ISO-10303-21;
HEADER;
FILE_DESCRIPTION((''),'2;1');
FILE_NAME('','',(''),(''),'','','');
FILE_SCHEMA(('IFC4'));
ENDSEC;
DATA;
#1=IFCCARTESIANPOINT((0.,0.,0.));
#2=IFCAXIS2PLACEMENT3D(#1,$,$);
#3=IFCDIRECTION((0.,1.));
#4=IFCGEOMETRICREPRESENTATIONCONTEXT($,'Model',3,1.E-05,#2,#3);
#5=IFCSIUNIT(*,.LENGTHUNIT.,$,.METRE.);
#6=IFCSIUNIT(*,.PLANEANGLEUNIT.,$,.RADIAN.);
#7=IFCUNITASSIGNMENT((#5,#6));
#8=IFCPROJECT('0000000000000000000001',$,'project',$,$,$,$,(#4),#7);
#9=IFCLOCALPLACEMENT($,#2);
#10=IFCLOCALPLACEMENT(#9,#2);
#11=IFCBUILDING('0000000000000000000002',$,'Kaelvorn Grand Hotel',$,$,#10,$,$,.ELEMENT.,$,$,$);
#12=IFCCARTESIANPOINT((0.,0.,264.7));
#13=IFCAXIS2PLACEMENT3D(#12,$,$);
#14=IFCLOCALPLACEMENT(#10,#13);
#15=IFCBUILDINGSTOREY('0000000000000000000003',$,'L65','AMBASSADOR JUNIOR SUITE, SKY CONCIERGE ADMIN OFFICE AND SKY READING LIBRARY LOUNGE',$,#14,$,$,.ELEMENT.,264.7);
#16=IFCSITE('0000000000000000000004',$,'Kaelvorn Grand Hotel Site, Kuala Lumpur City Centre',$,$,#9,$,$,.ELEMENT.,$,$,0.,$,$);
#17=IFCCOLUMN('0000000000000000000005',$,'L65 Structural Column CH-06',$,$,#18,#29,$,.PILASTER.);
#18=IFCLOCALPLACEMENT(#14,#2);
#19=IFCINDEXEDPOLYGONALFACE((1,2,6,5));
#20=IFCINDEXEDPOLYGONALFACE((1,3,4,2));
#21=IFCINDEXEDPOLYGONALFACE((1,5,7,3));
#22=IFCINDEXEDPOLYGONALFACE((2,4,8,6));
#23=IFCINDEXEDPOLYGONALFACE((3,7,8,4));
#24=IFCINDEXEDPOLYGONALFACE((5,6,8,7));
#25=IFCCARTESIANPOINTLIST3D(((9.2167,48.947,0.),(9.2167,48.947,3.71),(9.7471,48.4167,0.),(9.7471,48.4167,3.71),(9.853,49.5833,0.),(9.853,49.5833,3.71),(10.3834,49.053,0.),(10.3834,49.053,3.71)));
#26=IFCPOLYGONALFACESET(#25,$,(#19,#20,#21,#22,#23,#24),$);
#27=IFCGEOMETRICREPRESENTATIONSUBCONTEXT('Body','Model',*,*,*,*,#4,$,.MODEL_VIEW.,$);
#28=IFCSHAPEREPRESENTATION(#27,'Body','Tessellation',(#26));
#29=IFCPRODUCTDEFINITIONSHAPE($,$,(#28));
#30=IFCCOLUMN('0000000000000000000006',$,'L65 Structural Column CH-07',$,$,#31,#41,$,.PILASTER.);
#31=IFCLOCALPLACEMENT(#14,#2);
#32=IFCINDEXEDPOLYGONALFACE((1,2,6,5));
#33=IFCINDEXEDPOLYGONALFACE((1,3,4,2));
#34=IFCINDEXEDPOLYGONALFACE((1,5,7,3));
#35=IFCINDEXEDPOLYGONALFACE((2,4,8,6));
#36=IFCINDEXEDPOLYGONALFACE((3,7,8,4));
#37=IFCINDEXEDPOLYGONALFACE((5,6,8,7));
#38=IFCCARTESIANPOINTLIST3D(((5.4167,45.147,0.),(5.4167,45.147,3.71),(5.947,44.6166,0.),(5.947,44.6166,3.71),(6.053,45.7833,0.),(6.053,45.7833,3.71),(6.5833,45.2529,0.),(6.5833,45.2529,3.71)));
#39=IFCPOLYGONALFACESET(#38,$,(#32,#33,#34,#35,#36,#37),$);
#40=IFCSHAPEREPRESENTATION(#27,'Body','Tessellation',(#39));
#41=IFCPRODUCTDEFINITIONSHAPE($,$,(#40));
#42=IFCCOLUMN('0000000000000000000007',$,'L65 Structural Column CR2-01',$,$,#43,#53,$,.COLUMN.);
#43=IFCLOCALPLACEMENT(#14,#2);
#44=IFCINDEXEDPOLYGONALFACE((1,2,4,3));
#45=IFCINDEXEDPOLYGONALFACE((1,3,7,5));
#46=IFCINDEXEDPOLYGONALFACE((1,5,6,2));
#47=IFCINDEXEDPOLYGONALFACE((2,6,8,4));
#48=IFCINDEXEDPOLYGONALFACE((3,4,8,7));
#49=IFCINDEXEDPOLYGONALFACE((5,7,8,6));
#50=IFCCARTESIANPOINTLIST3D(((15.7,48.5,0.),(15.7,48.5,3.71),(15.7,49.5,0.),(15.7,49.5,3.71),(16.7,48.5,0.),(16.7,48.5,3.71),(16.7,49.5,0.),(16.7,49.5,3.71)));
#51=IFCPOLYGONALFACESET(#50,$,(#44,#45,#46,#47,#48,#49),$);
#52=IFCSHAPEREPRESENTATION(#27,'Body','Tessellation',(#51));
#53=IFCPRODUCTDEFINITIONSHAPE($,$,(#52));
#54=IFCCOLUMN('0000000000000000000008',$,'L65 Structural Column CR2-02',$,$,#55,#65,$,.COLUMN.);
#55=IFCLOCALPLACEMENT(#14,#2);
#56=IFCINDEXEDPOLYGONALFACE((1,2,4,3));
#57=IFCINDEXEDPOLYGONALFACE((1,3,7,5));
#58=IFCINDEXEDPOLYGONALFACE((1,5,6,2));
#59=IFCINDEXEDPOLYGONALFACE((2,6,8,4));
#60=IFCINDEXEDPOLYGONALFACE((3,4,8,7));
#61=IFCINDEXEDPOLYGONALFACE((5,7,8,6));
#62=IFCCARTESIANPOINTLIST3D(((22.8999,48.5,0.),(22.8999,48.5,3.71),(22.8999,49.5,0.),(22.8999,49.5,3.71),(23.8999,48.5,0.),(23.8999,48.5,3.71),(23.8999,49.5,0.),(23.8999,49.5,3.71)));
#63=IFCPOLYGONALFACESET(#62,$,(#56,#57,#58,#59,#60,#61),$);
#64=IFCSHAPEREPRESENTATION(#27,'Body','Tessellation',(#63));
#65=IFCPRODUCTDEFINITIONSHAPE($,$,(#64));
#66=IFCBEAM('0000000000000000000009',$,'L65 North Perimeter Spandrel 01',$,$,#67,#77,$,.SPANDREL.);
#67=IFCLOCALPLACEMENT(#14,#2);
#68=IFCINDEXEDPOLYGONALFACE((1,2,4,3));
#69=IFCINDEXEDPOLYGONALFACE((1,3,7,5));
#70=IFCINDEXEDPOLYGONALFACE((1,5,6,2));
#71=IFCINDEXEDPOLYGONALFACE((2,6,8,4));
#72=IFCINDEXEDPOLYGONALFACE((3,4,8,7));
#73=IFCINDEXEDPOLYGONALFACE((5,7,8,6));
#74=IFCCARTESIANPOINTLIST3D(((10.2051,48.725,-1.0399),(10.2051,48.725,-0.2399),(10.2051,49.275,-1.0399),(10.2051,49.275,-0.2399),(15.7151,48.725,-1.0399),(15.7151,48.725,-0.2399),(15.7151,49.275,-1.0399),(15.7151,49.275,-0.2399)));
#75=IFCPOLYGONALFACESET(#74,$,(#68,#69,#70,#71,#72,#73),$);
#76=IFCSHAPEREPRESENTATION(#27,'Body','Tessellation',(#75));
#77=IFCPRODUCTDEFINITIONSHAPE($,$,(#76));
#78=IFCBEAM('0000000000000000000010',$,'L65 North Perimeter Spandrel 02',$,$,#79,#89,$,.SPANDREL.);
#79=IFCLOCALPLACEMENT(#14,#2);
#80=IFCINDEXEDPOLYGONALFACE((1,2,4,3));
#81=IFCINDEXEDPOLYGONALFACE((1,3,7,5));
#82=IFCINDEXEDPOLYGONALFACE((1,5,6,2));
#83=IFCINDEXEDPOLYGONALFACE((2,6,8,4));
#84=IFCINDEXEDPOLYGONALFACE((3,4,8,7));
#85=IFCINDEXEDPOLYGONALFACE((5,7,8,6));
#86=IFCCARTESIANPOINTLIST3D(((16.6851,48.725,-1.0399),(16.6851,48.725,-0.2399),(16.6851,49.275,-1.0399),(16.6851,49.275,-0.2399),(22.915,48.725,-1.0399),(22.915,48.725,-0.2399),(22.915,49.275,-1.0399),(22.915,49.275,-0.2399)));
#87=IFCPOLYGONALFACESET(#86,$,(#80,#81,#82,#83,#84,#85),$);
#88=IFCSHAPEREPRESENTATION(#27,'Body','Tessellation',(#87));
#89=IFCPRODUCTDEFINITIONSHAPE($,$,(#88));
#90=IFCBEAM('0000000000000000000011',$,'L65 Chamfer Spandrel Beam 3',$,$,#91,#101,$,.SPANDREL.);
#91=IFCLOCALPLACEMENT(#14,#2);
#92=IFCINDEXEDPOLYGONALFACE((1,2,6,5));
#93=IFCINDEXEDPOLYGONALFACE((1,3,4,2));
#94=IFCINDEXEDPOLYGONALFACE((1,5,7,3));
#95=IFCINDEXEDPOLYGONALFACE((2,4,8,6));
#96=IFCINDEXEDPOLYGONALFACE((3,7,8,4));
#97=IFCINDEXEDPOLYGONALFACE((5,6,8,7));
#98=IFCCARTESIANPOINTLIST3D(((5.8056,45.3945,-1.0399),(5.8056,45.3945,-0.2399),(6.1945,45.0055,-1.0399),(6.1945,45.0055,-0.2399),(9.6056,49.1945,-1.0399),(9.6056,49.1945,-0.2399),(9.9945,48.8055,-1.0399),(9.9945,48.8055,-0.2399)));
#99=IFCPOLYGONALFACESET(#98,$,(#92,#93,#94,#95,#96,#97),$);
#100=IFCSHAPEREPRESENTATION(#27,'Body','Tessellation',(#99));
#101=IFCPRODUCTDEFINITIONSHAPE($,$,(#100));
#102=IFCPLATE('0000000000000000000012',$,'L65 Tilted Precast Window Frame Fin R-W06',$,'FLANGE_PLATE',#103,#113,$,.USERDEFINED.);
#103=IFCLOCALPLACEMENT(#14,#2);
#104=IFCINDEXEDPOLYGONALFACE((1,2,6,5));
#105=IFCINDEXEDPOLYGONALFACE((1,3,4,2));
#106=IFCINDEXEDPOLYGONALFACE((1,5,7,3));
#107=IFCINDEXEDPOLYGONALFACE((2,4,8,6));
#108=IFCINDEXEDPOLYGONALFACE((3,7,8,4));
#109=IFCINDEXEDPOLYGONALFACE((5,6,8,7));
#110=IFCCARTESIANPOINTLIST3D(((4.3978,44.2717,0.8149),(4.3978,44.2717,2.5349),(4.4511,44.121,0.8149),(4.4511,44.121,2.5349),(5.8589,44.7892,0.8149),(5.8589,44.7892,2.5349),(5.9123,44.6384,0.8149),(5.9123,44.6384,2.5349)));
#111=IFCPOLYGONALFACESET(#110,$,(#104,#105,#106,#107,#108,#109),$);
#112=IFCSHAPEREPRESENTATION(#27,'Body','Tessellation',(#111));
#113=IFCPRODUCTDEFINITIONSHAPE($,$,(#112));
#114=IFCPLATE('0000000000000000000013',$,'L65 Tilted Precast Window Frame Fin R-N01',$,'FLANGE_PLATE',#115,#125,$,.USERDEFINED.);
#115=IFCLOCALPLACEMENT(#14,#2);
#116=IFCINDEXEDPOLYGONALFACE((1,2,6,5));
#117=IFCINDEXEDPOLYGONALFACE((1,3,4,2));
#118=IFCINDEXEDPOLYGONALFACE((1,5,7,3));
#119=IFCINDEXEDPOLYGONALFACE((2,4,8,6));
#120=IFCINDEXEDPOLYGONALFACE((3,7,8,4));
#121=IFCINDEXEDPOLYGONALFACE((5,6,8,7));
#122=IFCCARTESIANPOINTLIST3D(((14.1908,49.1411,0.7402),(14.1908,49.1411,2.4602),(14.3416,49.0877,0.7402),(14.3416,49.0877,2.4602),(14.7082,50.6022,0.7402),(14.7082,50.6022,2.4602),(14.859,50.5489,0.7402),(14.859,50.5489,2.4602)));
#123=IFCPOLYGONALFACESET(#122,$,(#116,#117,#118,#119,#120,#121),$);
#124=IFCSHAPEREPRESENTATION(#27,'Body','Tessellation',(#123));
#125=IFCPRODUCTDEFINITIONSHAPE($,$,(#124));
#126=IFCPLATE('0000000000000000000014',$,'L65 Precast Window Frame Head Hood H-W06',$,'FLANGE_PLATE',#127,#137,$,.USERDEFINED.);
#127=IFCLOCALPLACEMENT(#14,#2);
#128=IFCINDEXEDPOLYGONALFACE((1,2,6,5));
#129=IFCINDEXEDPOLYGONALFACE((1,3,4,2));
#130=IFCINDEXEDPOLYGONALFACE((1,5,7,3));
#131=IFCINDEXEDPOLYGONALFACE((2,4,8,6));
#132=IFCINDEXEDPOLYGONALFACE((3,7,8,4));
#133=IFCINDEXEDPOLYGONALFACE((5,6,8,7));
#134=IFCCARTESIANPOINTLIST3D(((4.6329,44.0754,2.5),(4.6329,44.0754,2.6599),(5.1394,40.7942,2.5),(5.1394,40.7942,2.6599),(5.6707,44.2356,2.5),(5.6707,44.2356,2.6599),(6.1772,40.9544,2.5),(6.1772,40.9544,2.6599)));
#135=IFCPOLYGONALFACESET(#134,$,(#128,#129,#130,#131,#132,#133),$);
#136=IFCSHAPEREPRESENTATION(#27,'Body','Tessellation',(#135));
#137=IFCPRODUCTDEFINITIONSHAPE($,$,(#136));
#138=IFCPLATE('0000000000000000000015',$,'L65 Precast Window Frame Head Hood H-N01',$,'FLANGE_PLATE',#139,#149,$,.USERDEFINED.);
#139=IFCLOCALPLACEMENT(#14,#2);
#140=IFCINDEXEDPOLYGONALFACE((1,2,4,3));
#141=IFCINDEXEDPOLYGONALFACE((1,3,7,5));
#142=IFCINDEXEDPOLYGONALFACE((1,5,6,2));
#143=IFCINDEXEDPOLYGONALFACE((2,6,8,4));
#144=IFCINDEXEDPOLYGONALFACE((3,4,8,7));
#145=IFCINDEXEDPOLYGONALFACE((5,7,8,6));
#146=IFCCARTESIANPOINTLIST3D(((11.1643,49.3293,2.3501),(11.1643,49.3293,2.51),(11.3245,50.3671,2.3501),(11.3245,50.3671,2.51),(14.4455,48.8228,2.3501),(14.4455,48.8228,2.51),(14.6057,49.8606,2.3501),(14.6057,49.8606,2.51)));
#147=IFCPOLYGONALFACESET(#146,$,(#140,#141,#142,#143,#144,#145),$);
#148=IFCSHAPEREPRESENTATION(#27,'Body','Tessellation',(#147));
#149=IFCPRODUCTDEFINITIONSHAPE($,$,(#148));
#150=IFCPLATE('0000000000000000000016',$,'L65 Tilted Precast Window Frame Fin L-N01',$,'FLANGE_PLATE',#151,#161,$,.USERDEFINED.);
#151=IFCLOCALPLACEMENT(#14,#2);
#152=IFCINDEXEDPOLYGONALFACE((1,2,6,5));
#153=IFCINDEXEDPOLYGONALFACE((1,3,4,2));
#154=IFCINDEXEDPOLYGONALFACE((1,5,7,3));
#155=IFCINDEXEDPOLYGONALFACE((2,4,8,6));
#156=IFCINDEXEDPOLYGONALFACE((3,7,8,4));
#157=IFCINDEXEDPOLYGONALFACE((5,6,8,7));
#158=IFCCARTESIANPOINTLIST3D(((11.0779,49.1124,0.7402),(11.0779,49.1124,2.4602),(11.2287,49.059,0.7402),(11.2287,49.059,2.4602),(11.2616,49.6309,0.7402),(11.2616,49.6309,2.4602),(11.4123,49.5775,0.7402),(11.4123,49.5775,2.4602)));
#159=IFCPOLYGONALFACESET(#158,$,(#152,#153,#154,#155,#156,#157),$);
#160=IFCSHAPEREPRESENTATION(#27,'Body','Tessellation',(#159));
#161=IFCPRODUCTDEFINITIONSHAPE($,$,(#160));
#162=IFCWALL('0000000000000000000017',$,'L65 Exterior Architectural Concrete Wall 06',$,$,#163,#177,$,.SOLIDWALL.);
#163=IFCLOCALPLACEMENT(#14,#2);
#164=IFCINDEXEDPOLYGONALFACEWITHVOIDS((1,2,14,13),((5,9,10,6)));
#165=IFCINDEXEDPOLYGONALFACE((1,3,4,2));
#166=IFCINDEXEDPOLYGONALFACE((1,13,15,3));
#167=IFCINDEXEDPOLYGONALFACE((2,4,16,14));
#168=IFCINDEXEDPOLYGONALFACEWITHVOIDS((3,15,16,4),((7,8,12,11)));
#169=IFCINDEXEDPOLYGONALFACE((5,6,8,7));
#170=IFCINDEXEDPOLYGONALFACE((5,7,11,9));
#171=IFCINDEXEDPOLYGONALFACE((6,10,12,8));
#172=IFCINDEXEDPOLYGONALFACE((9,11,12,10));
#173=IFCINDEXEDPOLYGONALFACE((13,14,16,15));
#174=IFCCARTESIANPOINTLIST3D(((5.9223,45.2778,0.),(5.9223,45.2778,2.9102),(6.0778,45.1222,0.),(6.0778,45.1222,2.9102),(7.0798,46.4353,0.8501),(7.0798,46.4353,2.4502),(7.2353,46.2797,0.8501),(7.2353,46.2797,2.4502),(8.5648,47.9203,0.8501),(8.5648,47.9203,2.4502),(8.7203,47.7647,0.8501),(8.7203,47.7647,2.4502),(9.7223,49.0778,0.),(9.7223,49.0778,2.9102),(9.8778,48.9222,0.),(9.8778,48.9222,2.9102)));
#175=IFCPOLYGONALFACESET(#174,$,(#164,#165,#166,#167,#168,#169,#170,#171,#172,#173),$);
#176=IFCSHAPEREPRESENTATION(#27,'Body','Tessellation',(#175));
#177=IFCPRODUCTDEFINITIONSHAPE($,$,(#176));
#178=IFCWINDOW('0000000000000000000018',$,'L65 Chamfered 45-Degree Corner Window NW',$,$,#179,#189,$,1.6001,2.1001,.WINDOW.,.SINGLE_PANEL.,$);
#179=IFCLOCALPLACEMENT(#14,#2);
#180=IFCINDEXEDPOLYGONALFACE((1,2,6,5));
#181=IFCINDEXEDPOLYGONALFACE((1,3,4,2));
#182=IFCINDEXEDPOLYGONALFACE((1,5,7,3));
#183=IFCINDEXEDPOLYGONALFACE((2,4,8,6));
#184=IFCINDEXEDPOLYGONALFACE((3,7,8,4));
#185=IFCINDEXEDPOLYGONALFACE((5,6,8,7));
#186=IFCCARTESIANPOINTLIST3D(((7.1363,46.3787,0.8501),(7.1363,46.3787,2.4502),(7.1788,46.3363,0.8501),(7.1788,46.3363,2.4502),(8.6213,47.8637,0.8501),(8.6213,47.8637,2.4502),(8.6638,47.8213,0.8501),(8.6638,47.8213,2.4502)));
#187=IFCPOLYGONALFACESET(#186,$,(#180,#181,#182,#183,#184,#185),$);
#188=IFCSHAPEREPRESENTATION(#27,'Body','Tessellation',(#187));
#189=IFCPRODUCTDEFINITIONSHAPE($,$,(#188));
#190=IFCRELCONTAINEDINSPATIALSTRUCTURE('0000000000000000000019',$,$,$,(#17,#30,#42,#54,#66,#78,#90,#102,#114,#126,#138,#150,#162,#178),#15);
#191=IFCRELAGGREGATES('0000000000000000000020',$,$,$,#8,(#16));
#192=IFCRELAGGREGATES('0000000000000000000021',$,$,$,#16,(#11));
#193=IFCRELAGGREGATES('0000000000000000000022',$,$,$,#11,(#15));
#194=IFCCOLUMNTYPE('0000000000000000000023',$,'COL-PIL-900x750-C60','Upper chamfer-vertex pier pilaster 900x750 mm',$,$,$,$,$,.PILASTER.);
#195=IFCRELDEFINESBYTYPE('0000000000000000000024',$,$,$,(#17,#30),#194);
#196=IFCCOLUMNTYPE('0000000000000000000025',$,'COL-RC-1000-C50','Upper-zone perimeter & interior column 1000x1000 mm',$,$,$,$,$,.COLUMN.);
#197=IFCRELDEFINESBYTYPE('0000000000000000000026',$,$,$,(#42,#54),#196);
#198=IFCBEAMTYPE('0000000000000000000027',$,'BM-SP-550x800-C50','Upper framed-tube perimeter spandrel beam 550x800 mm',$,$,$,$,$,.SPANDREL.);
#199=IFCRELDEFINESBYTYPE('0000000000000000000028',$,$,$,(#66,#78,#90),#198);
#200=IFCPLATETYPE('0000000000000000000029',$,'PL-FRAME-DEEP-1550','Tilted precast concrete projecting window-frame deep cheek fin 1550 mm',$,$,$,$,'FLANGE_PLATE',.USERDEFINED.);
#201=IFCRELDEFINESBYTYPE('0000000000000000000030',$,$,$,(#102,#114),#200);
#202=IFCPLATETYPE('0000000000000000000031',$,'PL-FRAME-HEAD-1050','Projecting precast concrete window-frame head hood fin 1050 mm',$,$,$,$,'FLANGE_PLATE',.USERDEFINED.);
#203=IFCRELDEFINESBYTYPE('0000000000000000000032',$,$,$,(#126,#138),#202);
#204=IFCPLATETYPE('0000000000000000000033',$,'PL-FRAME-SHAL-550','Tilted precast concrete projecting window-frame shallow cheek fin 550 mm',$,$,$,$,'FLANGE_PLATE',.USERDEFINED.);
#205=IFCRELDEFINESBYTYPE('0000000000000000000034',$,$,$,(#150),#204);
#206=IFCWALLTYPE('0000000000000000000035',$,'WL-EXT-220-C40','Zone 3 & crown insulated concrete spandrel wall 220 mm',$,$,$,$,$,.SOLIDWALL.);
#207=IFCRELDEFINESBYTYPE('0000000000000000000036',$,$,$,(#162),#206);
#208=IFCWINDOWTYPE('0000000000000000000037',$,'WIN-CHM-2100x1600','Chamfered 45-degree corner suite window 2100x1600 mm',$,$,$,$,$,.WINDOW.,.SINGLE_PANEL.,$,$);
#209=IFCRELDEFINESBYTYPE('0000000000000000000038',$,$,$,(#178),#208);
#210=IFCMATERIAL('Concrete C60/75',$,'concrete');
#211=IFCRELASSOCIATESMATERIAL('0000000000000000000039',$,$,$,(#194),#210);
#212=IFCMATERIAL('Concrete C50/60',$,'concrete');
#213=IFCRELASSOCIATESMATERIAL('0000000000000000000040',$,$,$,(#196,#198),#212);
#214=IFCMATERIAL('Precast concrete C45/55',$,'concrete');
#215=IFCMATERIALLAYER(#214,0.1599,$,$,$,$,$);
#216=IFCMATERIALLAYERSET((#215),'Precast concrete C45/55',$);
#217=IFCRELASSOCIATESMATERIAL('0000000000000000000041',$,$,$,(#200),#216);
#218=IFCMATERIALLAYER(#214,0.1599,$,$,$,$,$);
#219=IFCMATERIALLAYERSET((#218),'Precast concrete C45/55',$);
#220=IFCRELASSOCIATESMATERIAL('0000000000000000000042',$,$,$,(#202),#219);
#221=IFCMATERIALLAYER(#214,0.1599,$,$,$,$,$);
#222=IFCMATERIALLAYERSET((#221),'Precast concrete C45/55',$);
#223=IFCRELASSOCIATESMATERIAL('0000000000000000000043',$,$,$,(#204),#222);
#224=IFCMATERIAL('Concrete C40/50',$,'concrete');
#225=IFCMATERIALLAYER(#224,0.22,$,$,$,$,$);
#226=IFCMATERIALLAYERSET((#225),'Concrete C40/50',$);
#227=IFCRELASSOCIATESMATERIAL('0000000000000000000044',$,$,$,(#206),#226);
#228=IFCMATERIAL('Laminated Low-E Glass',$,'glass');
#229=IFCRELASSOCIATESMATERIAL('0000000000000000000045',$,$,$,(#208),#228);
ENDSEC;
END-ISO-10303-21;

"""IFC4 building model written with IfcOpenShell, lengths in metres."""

from ifc_helpers import new_model, si_unit, direction, frame, frame_2d, origin, origin_2d, place, context, subcontext, project, spatial, rectangle, extrude, material, layer, layer_set, material_profile, profile_set, type_object, element, fill, save


model = new_model("IFC4")

# Units and contexts
model_context = context("Model", 3, precision=1e-05, world=origin(), true_north=direction((0.0, 1.0)))
body_context = subcontext(model_context, "Body", "Model", "MODEL_VIEW")
ifc_project = project(units=[si_unit("LENGTHUNIT", "METRE"), si_unit("PLANEANGLEUNIT", "RADIAN")], contexts=[model_context])

# Site, building, storey
site_placement = place(None, origin())
site = spatial("IfcSite", under=ifc_project, at=site_placement, Name="Kaelvorn Grand Hotel Site, Kuala Lumpur City Centre", CompositionType="ELEMENT", RefElevation=0.0)
building_placement = place(site_placement, origin())
building = spatial("IfcBuilding", under=site, at=building_placement, Name="Kaelvorn Grand Hotel", CompositionType="ELEMENT")
storey_placement = place(building_placement, frame((0.0, 0.0, 264.7)))
storey = spatial("IfcBuildingStorey", under=building, at=storey_placement, Name="L65", Description="AMBASSADOR JUNIOR SUITE, SKY CONCIERGE ADMIN OFFICE AND SKY READING LIBRARY LOUNGE", CompositionType="ELEMENT", Elevation=264.7)

# Columns
ifc_material_1 = material(Name="Concrete C60/75", Category="concrete")
ifc_material_profile_1 = material_profile(ifc_material_1, rectangle(XDim=0.8999, YDim=0.75, at=origin_2d()), Name="RC PILASTER 900x750")
ifc_profile_set_1 = profile_set([ifc_material_profile_1], Name="Concrete C60/75")
column_type_1 = type_object("IfcColumnType", Name="COL-PIL-900x750-C60", Description="Upper chamfer-vertex pier pilaster 900x750 mm", PredefinedType="PILASTER", material=ifc_profile_set_1)
for number, where, z_axis, x_axis, name in (
    (1, (9.8, 49.0, 0.0), (0.0, 0.0, 1.0), (0.707107, 0.707107, 0.0), "L65 Structural Column CH-06"),
    (2, (6.0, 45.2, 0.0), (0.0, 0.0, 1.0), (0.707107, 0.707107, 0.0), "L65 Structural Column CH-07"),
):
    element("IfcColumn", number, at=place(storey_placement, frame(where, z_axis=z_axis, x_axis=x_axis)), inside=storey, type_object=column_type_1, Name=name, PredefinedType="PILASTER", context=body_context, shape_type="SweptSolid", body=[
        extrude(rectangle(XDim=0.8999, YDim=0.75, at=origin_2d()), origin(), (0.0, 0.0, 1.0), 3.71),
    ])
ifc_material_2 = material(Name="Concrete C50/60", Category="concrete")
ifc_material_profile_2 = material_profile(ifc_material_2, rectangle(XDim=1.0, YDim=1.0, at=origin_2d()), Name="RC COL 1000x1000")
ifc_profile_set_2 = profile_set([ifc_material_profile_2], Name="Concrete C50/60")
column_type_2 = type_object("IfcColumnType", Name="COL-RC-1000-C50", Description="Upper-zone perimeter & interior column 1000x1000 mm", PredefinedType="COLUMN", material=ifc_profile_set_2)
for number, where, z_axis, x_axis, name in (
    (3, (16.2, 49.0, 0.0), (0.0, 0.0, 1.0), (1.0, 0.0, 0.0), "L65 Structural Column CR2-01"),
    (4, (23.3999, 49.0, 0.0), (0.0, 0.0, 1.0), (1.0, 0.0, 0.0), "L65 Structural Column CR2-02"),
):
    element("IfcColumn", number, at=place(storey_placement, frame(where, z_axis=z_axis, x_axis=x_axis)), inside=storey, type_object=column_type_2, Name=name, PredefinedType="COLUMN", context=body_context, shape_type="SweptSolid", body=[
        extrude(rectangle(XDim=1.0, YDim=1.0, at=origin_2d()), origin(), (0.0, 0.0, 1.0), 3.71),
    ])

# Beams
ifc_material_profile_3 = material_profile(ifc_material_2, rectangle(XDim=0.55, YDim=0.8, at=origin_2d()), Name="RC SPANDREL 550x800")
ifc_profile_set_3 = profile_set([ifc_material_profile_3], Name="Concrete C50/60")
beam_type = type_object("IfcBeamType", Name="BM-SP-550x800-C50", Description="Upper framed-tube perimeter spandrel beam 550x800 mm", PredefinedType="SPANDREL", material=ifc_profile_set_3)
beam_1_placement = place(storey_placement, frame((10.2051, 49.0, -0.6399), z_axis=(1.0, 0.0, 0.0), x_axis=(0.0, 1.0, 0.0)))
element("IfcBeam", 5, at=beam_1_placement, inside=storey, type_object=beam_type, Name="L65 North Perimeter Spandrel 01", PredefinedType="SPANDREL", context=body_context, shape_type="SweptSolid", body=[
    extrude(rectangle(XDim=0.55, YDim=0.8, at=origin_2d()), origin(), (0.0, 0.0, 1.0), 5.51),
])
beam_2_placement = place(storey_placement, frame((16.6851, 49.0, -0.6399), z_axis=(1.0, 0.0, 0.0), x_axis=(0.0, 1.0, 0.0)))
element("IfcBeam", 6, at=beam_2_placement, inside=storey, type_object=beam_type, Name="L65 North Perimeter Spandrel 02", PredefinedType="SPANDREL", context=body_context, shape_type="SweptSolid", body=[
    extrude(rectangle(XDim=0.55, YDim=0.8, at=origin_2d()), origin(), (0.0, 0.0, 1.0), 6.23),
])
beam_3_placement = place(storey_placement, frame((9.8, 49.0, -0.6399), z_axis=(-0.707107, -0.707107, 0.0), x_axis=(0.707107, -0.707107, 0.0)))
element("IfcBeam", 7, at=beam_3_placement, inside=storey, type_object=beam_type, Name="L65 Chamfer Spandrel Beam 3", PredefinedType="SPANDREL", context=body_context, shape_type="SweptSolid", body=[
    extrude(rectangle(XDim=0.55, YDim=0.8, at=origin_2d()), origin(), (0.0, 0.0, 1.0), 5.374),
])

# Plates
ifc_material_3 = material(Name="Precast concrete C45/55", Category="concrete")
ifc_layer_1 = layer(ifc_material_3, 0.1599)
ifc_layer_set_1 = layer_set([ifc_layer_1], Name="Precast concrete C45/55")
plate_type_1 = type_object("IfcPlateType", Name="PL-FRAME-DEEP-1550", Description="Tilted precast concrete projecting window-frame deep cheek fin 1550 mm", ElementType="FLANGE_PLATE", PredefinedType="USERDEFINED", material=ifc_layer_set_1)
for number, where, z_axis, x_axis, name in (
    (8, (5.155, 44.4551, 0.8149), (0.0, 0.0, 1.0), (-0.333807, 0.942641, 0.0), "L65 Tilted Precast Window Frame Fin R-W06"),
    (9, (14.5249, 49.845, 0.7402), (0.0, 0.0, 1.0), (0.942641, -0.333807, 0.0), "L65 Tilted Precast Window Frame Fin R-N01"),
):
    element("IfcPlate", number, at=place(storey_placement, frame(where, z_axis=z_axis, x_axis=x_axis)), inside=storey, type_object=plate_type_1, Name=name, ObjectType="FLANGE_PLATE", PredefinedType="USERDEFINED", context=body_context, shape_type="SweptSolid", body=[
        extrude(rectangle(XDim=0.1599, YDim=1.55, at=origin_2d()), origin(), (0.0, 0.0, 1.0), 1.72),
    ])
ifc_layer_2 = layer(ifc_material_3, 0.1599)
ifc_layer_set_2 = layer_set([ifc_layer_2], Name="Precast concrete C45/55")
plate_type_2 = type_object("IfcPlateType", Name="PL-FRAME-HEAD-1050", Description="Projecting precast concrete window-frame head hood fin 1050 mm", ElementType="FLANGE_PLATE", PredefinedType="USERDEFINED", material=ifc_layer_set_2)
for number, where, z_axis, x_axis, name in (
    (10, (5.405, 42.5149, 2.5), (0.0, 0.0, 1.0), (-0.152555, 0.988295, 0.0), "L65 Precast Window Frame Head Hood H-W06"),
    (11, (12.885, 49.595, 2.3501), (0.0, 0.0, 1.0), (0.988295, -0.152555, 0.0), "L65 Precast Window Frame Head Hood H-N01"),
):
    element("IfcPlate", number, at=place(storey_placement, frame(where, z_axis=z_axis, x_axis=x_axis)), inside=storey, type_object=plate_type_2, Name=name, ObjectType="FLANGE_PLATE", PredefinedType="USERDEFINED", context=body_context, shape_type="SweptSolid", body=[
        extrude(rectangle(XDim=3.3201, YDim=1.05, at=origin_2d()), origin(), (0.0, 0.0, 1.0), 0.1599),
    ])
ifc_layer_3 = layer(ifc_material_3, 0.1599)
ifc_layer_set_3 = layer_set([ifc_layer_3], Name="Precast concrete C45/55")
plate_type_3 = type_object("IfcPlateType", Name="PL-FRAME-SHAL-550", Description="Tilted precast concrete projecting window-frame shallow cheek fin 550 mm", ElementType="FLANGE_PLATE", PredefinedType="USERDEFINED", material=ifc_layer_set_3)
plate_placement = place(storey_placement, frame((11.2451, 49.345, 0.7402), z_axis=(0.0, 0.0, 1.0), x_axis=(0.942641, -0.333807, 0.0)))
element("IfcPlate", 12, at=plate_placement, inside=storey, type_object=plate_type_3, Name="L65 Tilted Precast Window Frame Fin L-N01", ObjectType="FLANGE_PLATE", PredefinedType="USERDEFINED", context=body_context, shape_type="SweptSolid", body=[
    extrude(rectangle(XDim=0.1599, YDim=0.55, at=origin_2d()), origin(), (0.0, 0.0, 1.0), 1.72),
])

# Wall, opening, window
ifc_material_4 = material(Name="Concrete C40/50", Category="concrete")
ifc_layer_4 = layer(ifc_material_4, 0.22)
ifc_layer_set_4 = layer_set([ifc_layer_4], Name="Concrete C40/50")
wall_type_1 = type_object("IfcWallType", Name="WL-EXT-220-C40", Description="Zone 3 & crown insulated concrete spandrel wall 220 mm", PredefinedType="SOLIDWALL", material=ifc_layer_set_4)
wall_1_placement = place(storey_placement, frame((9.8, 49.0, 0.0), z_axis=(0.0, 0.0, 1.0), x_axis=(-0.707107, -0.707107, 0.0)))
wall_1 = element("IfcWall", 13, at=wall_1_placement, inside=storey, type_object=wall_type_1, Name="L65 Exterior Architectural Concrete Wall 06", PredefinedType="SOLIDWALL", context=body_context, shape_type="SweptSolid", body=[
    extrude(rectangle(XDim=5.374, YDim=0.22, at=frame_2d((2.687, 0.0))), origin(), (0.0, 0.0, 1.0), 2.9102),
])
opening_1_placement = place(wall_1_placement, frame((1.637, 0.0, 0.8501)))
opening_1 = element("IfcOpeningElement", 14, at=opening_1_placement, cuts=wall_1, PredefinedType="OPENING", context=body_context, shape_type="SweptSolid", body=[
    extrude(rectangle(XDim=2.1001, YDim=1.6001, at=frame_2d((1.05, 0.8))), frame((0.0, 0.1201, 0.0), z_axis=(0.0, -1.0, 0.0), x_axis=(1.0, 0.0, 0.0)), (0.0, 0.0, 1.0), 0.24),
])
ifc_material_5 = material(Name="Laminated Low-E Glass", Category="glass")
window_type_1 = type_object("IfcWindowType", Name="WIN-CHM-2100x1600", Description="Chamfered 45-degree corner suite window 2100x1600 mm", PartitioningType="SINGLE_PANEL", PredefinedType="WINDOW", material=ifc_material_5)
window_1_placement = place(opening_1_placement, origin())
window_1 = element("IfcWindow", 15, at=window_1_placement, inside=storey, type_object=window_type_1, Name="L65 Chamfered 45-Degree Corner Window NW", OverallHeight=1.6001, OverallWidth=2.1001, PartitioningType="SINGLE_PANEL", PredefinedType="WINDOW", context=body_context, shape_type="SweptSolid", body=[
    extrude(rectangle(XDim=2.1001, YDim=1.6001, at=frame_2d((1.05, 0.8))), frame((0.0, 0.03, 0.0), z_axis=(0.0, -1.0, 0.0), x_axis=(1.0, 0.0, 0.0)), (0.0, 0.0, 1.0), 0.0601),
])
fill(opening_1, window_1)

save(model, "model.ifc")
